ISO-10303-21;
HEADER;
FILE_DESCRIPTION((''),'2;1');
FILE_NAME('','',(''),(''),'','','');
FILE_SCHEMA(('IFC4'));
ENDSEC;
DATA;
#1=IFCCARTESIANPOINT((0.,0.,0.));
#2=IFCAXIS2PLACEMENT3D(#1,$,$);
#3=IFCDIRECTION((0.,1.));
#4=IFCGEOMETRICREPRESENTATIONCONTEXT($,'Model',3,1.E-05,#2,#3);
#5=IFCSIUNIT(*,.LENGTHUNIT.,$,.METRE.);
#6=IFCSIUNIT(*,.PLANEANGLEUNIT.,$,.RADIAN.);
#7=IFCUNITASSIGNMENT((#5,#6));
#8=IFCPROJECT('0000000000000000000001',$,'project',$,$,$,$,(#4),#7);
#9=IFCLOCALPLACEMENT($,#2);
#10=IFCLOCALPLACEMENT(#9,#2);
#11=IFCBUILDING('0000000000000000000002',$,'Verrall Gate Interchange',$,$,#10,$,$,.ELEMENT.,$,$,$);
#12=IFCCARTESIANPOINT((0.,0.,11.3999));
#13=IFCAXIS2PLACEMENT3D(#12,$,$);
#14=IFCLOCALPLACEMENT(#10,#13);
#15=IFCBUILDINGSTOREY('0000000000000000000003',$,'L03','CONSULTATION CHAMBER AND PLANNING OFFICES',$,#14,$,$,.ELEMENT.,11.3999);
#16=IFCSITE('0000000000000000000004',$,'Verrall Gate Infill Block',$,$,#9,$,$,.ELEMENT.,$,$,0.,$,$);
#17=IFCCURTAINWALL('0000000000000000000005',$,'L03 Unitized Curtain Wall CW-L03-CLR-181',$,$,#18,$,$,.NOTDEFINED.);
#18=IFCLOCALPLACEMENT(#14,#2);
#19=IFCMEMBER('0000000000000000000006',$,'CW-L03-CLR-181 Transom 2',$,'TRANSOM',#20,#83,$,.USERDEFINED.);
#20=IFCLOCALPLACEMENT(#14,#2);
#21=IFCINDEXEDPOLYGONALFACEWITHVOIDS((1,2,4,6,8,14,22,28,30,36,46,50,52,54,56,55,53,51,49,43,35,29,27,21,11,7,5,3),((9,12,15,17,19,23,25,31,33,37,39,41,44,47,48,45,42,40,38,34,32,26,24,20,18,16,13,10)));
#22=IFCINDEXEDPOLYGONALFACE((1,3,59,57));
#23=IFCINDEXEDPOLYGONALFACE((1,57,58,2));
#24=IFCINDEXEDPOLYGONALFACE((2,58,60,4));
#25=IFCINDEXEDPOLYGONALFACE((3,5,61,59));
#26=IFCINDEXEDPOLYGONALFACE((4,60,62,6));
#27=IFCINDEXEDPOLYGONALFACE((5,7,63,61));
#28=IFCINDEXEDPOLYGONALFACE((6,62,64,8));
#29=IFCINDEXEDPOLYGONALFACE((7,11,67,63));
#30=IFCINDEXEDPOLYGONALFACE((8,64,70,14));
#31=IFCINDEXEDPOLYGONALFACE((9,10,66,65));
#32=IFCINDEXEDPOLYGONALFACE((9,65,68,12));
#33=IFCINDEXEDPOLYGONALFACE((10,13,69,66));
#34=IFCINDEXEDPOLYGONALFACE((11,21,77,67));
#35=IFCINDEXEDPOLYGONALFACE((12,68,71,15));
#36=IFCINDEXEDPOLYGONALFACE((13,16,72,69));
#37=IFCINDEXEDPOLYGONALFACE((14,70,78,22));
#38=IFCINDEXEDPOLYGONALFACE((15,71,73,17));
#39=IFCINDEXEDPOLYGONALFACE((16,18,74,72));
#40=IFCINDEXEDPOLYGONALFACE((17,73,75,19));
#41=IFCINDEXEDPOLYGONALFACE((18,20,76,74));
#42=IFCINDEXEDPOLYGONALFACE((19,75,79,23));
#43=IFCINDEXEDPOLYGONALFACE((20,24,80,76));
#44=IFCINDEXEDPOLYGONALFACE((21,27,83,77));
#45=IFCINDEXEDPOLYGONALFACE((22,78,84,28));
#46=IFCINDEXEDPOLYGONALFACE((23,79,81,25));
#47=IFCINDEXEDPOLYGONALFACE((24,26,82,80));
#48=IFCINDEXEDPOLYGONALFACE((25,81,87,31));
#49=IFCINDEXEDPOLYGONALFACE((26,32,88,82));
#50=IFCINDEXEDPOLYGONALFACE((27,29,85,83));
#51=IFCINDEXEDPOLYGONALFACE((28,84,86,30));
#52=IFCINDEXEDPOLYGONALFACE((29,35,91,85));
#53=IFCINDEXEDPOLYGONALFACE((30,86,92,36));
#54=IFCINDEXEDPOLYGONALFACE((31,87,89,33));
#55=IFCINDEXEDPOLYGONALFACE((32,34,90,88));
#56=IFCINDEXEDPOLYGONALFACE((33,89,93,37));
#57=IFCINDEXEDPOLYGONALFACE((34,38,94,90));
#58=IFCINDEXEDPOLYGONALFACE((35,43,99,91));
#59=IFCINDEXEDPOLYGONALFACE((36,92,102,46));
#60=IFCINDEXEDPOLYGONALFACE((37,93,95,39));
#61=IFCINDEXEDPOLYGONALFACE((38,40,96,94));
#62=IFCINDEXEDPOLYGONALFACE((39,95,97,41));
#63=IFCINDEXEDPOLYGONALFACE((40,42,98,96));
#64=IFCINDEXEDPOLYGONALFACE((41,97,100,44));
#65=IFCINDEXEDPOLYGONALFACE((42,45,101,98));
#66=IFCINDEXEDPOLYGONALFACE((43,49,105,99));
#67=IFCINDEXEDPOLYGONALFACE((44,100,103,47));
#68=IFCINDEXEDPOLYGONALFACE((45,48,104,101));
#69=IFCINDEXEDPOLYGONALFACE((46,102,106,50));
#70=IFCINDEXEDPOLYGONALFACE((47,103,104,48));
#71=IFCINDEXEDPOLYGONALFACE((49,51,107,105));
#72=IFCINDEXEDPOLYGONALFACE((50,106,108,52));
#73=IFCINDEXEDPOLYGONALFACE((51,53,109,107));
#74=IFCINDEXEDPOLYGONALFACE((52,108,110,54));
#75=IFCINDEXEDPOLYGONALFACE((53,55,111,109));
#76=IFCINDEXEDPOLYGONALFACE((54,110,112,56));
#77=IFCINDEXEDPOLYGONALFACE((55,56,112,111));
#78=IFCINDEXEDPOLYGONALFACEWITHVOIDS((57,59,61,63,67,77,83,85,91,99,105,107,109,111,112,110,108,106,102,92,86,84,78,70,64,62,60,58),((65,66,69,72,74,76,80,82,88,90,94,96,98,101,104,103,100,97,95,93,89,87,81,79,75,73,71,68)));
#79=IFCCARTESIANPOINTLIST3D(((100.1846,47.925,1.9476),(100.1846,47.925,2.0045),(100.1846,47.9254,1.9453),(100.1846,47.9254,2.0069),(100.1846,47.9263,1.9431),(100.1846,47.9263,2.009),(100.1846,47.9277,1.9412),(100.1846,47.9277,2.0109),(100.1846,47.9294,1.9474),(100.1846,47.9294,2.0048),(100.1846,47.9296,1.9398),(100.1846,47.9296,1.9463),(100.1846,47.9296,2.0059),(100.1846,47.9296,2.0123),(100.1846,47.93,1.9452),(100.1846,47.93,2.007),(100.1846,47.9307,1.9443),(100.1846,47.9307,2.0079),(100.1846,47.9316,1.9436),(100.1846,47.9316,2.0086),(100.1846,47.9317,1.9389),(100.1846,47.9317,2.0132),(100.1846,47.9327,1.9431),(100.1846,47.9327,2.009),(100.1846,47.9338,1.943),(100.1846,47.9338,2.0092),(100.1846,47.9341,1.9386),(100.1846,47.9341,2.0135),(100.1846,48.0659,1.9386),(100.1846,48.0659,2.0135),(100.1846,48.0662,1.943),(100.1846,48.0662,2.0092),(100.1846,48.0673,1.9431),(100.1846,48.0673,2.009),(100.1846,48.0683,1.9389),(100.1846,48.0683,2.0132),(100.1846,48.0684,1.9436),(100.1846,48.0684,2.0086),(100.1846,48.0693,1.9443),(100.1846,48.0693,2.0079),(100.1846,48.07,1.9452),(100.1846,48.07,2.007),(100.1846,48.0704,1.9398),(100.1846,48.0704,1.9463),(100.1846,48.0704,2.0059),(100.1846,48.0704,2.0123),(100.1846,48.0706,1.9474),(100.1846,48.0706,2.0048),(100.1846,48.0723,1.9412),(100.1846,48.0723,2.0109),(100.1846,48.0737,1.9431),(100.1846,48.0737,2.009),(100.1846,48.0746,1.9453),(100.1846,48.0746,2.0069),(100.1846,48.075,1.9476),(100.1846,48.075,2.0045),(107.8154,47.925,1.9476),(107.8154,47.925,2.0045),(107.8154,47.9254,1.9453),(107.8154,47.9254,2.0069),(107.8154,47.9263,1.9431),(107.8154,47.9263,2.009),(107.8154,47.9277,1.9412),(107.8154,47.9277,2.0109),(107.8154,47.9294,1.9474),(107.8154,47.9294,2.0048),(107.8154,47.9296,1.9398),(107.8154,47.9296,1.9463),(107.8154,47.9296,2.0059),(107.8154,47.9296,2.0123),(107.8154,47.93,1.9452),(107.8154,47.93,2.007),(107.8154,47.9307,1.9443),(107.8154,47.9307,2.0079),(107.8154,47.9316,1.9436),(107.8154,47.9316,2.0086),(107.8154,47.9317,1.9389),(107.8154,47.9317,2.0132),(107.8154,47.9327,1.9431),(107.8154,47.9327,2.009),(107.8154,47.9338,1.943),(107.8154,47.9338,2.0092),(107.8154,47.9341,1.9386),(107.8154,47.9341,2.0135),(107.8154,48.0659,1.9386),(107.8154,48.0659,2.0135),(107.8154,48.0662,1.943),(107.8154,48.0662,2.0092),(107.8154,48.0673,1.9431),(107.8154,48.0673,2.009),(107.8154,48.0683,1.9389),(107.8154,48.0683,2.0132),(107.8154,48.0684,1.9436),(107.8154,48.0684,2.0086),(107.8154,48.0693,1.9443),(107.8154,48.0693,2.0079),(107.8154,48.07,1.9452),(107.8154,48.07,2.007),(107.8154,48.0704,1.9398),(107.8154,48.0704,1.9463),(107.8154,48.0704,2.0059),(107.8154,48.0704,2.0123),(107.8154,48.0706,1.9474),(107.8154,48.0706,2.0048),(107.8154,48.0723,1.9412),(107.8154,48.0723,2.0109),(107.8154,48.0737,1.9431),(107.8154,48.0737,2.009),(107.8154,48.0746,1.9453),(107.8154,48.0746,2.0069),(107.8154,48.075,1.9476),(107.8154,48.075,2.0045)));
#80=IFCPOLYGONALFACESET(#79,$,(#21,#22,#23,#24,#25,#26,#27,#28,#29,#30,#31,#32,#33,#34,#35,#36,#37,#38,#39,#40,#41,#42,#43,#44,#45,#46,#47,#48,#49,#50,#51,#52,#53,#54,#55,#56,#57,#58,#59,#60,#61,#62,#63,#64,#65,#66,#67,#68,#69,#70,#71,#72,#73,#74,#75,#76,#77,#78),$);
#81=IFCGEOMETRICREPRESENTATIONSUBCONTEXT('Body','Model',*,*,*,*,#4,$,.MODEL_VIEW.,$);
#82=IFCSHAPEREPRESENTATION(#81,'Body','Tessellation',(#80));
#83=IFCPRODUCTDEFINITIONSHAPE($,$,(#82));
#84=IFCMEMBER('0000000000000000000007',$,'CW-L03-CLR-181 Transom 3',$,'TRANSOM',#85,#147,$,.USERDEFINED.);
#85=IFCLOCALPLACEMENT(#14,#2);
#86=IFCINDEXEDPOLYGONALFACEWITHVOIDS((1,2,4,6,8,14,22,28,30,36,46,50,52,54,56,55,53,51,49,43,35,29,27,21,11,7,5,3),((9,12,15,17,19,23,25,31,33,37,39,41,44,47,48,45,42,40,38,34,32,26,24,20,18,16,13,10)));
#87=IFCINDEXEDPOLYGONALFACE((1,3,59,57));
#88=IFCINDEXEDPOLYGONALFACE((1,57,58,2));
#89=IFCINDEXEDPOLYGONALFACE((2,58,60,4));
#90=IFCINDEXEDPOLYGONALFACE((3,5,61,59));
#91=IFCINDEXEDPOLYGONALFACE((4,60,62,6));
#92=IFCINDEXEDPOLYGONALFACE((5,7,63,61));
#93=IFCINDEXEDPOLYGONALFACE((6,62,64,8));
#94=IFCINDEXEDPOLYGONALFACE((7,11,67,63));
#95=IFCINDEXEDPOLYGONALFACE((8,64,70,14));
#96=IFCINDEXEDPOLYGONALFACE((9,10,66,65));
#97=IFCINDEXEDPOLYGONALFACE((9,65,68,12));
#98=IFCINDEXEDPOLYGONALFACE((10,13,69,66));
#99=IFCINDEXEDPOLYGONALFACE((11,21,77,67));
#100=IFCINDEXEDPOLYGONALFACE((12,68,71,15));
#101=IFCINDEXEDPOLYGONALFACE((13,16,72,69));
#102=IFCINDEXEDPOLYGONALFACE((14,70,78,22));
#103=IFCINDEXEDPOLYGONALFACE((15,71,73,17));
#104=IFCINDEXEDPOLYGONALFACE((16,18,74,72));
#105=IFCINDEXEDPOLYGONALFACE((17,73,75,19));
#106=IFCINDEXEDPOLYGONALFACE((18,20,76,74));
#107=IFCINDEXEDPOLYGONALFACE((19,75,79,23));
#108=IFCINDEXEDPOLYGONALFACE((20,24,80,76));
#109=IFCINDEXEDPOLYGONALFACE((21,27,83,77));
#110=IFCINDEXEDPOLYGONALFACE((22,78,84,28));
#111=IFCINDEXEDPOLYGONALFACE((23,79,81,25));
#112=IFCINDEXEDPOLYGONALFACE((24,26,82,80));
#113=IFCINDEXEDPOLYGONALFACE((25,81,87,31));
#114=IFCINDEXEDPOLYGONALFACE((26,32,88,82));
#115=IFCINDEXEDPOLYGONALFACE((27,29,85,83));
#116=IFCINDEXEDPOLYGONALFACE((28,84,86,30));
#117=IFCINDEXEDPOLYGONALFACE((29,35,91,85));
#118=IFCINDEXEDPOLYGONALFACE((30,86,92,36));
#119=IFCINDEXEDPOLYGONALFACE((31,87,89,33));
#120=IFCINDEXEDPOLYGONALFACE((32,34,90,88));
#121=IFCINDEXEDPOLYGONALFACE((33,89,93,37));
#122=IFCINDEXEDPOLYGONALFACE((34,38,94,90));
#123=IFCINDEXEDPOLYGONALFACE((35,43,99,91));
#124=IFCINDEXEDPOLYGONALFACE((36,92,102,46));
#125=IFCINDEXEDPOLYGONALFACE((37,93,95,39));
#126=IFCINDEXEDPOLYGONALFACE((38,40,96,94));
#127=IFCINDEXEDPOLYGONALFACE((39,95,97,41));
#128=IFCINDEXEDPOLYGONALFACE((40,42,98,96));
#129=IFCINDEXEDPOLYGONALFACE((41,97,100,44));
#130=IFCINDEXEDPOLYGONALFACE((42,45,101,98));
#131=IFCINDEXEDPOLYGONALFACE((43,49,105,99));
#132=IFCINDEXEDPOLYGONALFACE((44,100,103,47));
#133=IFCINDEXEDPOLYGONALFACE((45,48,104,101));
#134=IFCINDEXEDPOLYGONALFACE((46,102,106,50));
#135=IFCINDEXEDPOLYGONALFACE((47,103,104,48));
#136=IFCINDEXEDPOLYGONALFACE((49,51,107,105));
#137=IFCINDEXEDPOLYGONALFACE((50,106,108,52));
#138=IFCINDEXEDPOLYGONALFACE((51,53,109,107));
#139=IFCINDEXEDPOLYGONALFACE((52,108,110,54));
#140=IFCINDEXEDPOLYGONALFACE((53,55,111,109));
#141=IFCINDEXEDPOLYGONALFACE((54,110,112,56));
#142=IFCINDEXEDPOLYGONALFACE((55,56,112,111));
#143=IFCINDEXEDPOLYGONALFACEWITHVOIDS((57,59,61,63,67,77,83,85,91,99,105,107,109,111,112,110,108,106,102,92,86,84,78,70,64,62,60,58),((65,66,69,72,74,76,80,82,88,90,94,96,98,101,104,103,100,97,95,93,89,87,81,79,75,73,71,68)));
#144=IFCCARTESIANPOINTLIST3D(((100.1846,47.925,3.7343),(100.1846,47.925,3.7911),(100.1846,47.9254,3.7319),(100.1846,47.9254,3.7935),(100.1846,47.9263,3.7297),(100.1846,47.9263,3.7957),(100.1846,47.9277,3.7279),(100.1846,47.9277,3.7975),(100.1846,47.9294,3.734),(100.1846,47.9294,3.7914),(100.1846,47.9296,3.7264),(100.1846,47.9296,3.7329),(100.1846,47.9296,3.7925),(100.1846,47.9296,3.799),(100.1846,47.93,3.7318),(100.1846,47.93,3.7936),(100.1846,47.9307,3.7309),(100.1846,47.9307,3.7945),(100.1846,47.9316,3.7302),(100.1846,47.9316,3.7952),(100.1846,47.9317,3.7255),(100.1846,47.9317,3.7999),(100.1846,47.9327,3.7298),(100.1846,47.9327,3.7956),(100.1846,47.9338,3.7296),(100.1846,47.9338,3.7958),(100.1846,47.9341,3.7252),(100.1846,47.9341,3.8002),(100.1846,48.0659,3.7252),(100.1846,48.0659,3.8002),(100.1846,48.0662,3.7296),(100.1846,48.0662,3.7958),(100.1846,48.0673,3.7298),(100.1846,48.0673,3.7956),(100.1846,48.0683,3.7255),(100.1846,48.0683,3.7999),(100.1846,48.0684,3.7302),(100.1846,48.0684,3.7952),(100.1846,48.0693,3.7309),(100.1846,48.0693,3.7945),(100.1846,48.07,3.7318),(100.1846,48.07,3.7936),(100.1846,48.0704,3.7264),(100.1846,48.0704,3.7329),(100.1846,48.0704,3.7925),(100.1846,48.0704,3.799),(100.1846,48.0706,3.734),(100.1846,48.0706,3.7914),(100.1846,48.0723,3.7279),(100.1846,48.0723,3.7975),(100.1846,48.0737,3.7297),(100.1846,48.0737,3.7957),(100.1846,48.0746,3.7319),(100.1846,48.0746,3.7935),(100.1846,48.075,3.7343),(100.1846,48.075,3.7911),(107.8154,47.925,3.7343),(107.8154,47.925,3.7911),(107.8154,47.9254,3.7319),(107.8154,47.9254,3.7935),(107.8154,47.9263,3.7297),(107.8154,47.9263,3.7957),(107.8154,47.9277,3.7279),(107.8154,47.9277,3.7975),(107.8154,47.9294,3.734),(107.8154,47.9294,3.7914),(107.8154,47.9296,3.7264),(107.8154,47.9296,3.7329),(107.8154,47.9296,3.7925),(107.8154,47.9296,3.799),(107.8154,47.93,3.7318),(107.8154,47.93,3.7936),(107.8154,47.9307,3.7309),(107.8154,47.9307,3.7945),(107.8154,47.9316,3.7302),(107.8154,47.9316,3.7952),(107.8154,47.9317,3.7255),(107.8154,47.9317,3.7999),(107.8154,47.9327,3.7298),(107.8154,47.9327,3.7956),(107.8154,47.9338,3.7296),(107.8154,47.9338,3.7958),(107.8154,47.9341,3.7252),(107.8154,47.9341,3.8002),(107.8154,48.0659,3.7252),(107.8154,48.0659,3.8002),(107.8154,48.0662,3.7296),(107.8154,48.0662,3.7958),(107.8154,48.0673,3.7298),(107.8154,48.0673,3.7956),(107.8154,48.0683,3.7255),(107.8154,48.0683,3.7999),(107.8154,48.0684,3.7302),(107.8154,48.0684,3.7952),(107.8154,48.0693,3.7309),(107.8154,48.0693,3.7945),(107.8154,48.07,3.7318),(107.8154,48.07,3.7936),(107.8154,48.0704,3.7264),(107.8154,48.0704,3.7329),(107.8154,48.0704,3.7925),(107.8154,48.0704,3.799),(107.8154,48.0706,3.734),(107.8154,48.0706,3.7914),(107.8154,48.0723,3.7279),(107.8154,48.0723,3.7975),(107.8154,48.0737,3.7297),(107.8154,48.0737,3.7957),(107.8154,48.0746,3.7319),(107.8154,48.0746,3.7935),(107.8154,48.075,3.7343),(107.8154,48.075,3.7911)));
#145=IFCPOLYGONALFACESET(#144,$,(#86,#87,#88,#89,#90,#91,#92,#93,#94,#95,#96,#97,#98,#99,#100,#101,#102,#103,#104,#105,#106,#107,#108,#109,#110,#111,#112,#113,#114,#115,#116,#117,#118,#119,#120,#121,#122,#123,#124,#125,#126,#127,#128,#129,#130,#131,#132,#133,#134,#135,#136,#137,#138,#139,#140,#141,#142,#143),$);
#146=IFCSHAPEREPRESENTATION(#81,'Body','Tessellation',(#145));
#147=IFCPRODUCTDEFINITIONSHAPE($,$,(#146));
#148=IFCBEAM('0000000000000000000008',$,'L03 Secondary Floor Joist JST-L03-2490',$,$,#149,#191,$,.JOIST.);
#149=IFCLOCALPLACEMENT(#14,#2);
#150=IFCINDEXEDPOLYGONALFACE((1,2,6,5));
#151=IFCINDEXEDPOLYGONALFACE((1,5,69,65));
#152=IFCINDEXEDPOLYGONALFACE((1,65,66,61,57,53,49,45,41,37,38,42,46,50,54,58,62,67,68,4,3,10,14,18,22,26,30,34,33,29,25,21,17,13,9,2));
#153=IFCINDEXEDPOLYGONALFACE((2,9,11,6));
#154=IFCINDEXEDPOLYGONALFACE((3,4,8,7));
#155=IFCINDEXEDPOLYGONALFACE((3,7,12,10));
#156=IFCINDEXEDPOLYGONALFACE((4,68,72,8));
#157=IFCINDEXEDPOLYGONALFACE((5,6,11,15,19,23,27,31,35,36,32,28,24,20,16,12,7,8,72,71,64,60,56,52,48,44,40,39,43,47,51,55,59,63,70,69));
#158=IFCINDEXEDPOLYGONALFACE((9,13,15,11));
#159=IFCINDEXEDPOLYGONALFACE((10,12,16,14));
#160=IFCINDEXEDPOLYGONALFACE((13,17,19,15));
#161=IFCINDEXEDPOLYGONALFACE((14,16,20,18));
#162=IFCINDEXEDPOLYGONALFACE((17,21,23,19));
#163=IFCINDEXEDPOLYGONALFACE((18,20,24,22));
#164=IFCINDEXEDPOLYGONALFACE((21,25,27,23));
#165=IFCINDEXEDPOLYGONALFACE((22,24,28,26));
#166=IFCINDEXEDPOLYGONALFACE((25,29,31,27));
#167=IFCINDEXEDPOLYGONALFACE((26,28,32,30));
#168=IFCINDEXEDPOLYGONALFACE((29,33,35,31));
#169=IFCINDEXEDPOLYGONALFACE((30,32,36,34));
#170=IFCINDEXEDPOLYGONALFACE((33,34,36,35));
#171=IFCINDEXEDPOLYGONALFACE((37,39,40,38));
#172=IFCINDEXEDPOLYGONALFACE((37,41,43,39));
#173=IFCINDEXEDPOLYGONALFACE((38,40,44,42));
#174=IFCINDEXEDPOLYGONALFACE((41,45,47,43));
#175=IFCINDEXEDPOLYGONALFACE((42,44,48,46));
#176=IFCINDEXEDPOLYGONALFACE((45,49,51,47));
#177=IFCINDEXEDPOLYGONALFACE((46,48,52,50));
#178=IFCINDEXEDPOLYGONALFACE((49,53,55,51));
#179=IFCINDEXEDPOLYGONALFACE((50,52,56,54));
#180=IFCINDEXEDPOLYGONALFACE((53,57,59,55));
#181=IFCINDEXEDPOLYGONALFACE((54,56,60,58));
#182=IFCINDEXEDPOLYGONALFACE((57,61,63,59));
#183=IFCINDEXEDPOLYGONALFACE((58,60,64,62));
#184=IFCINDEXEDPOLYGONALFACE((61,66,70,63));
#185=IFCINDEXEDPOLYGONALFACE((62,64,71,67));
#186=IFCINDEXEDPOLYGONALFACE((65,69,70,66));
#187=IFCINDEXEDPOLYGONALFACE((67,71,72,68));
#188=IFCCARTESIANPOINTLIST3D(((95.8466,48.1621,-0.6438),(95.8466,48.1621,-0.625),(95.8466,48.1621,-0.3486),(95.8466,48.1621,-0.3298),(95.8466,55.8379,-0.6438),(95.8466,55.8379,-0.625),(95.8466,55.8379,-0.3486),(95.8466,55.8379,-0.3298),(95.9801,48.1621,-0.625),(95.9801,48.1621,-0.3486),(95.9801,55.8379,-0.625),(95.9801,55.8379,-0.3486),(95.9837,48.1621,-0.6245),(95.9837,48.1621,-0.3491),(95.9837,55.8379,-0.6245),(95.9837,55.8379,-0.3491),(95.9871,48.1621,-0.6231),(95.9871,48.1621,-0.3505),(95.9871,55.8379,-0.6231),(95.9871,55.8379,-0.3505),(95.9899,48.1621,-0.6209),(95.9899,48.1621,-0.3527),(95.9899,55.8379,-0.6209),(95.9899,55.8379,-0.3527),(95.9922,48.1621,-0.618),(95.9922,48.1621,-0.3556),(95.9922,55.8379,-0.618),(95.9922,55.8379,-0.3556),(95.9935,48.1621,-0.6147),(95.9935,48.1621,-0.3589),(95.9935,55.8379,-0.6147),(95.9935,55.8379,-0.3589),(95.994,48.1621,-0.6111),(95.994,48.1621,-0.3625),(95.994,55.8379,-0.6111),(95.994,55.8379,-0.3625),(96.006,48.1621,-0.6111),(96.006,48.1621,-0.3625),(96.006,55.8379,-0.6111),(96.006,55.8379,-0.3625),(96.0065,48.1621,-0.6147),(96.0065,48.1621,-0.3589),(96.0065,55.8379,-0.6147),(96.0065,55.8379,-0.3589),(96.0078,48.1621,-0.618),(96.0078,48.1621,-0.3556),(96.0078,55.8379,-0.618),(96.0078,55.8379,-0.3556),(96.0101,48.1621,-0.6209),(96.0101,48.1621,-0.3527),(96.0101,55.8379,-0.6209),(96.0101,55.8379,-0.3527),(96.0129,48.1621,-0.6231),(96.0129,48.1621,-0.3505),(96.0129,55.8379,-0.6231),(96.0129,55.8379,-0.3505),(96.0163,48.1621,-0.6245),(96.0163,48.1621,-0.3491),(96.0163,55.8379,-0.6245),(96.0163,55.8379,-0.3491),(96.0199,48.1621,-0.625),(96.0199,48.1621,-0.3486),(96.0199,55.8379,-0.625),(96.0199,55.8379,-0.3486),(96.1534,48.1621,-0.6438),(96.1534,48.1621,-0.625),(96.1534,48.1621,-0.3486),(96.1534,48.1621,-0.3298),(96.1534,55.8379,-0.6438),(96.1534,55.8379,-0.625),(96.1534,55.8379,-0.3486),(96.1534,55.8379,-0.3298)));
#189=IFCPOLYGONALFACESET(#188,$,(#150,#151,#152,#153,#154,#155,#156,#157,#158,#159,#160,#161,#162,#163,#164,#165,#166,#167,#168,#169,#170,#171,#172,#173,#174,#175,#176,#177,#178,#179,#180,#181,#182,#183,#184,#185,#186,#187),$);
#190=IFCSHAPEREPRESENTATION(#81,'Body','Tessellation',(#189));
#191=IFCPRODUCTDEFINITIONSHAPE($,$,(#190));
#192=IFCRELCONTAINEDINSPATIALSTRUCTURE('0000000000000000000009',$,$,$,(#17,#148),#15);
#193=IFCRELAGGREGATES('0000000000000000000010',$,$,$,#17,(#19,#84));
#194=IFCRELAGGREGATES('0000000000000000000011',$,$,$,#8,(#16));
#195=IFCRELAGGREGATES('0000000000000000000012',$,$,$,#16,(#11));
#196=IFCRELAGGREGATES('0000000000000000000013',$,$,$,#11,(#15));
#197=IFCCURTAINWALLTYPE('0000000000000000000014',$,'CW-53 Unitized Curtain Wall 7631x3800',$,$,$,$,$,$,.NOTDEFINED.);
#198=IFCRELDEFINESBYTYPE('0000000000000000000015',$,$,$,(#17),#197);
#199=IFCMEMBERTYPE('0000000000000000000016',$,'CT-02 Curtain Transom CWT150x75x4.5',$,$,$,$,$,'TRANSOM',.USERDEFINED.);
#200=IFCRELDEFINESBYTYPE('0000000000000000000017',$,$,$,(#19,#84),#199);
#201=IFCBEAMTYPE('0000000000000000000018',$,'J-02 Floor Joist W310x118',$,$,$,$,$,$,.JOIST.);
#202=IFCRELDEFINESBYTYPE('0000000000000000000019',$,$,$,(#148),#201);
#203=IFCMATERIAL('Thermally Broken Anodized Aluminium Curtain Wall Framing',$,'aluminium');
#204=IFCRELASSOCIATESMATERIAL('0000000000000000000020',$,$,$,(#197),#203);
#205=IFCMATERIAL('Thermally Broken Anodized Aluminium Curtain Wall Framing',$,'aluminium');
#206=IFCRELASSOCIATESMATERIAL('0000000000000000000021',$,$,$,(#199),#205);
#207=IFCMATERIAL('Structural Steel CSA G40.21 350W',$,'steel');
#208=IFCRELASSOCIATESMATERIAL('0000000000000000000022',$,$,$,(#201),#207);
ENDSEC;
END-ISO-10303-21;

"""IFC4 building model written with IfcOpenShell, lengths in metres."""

from ifc_helpers import new_model, si_unit, direction, frame, origin, origin_2d, place, context, subcontext, project, spatial, hollow_rectangle, i_section, extrude, material, material_profile, profile_set, type_object, element, aggregate, save


model = new_model("IFC4")

# Units and contexts
model_context = context("Model", 3, precision=1e-05, world=origin(), true_north=direction((0.0, 1.0)))
body_context = subcontext(model_context, "Body", "Model", "MODEL_VIEW")
ifc_project = project(units=[si_unit("LENGTHUNIT", "METRE"), si_unit("PLANEANGLEUNIT", "RADIAN")], contexts=[model_context])

# Site, building, storey
site_placement = place(None, origin())
site = spatial("IfcSite", under=ifc_project, at=site_placement, Name="Verrall Gate Infill Block", CompositionType="ELEMENT", RefElevation=0.0)
building_placement = place(site_placement, origin())
building = spatial("IfcBuilding", under=site, at=building_placement, Name="Verrall Gate Interchange", CompositionType="ELEMENT")
storey_placement = place(building_placement, frame((0.0, 0.0, 11.3999)))
storey = spatial("IfcBuildingStorey", under=building, at=storey_placement, Name="L03", Description="CONSULTATION CHAMBER AND PLANNING OFFICES", CompositionType="ELEMENT", Elevation=11.3999)

# Curtain wall, members
ifc_material_1 = material(Name="Thermally Broken Anodized Aluminium Curtain Wall Framing", Category="aluminium")
curtain_wall_type = type_object("IfcCurtainWallType", Name="CW-53 Unitized Curtain Wall 7631x3800", PredefinedType="NOTDEFINED", material=ifc_material_1)
curtain_wall_1_placement = place(storey_placement, origin())
curtain_wall_1 = element("IfcCurtainWall", 1, at=curtain_wall_1_placement, inside=storey, type_object=curtain_wall_type, Name="L03 Unitized Curtain Wall CW-L03-CLR-181", PredefinedType="NOTDEFINED")
ifc_material_2 = material(Name="Thermally Broken Anodized Aluminium Curtain Wall Framing", Category="aluminium")
ifc_material_profile_1 = material_profile(ifc_material_2, hollow_rectangle(XDim=0.1499, YDim=0.075, WallThickness=0.0044, InnerFilletRadius=0.0044, OuterFilletRadius=0.009, at=origin_2d()), Name="CWT150x75x4.5")
ifc_profile_set_1 = profile_set([ifc_material_profile_1], Name="Thermally Broken Anodized Aluminium Curtain Wall Framing")
member_type_1 = type_object("IfcMemberType", Name="CT-02 Curtain Transom CWT150x75x4.5", ElementType="TRANSOM", PredefinedType="USERDEFINED", material=ifc_profile_set_1)
member_1_placement = place(storey_placement, frame((100.1846, 48.0, 1.9761), z_axis=(1.0, 0.0, 0.0), x_axis=(0.0, 1.0, 0.0)))
member_1 = element("IfcMember", 2, at=member_1_placement, type_object=member_type_1, Name="CW-L03-CLR-181 Transom 2", ObjectType="TRANSOM", PredefinedType="USERDEFINED", context=body_context, shape_type="SweptSolid", body=[
    extrude(hollow_rectangle(XDim=0.1499, YDim=0.075, WallThickness=0.0044, InnerFilletRadius=0.0044, OuterFilletRadius=0.009, at=origin_2d()), origin(), (0.0, 0.0, 1.0), 7.6309),
])
member_2_placement = place(storey_placement, frame((100.1846, 48.0, 3.7627), z_axis=(1.0, 0.0, 0.0), x_axis=(0.0, 1.0, 0.0)))
member_2 = element("IfcMember", 3, at=member_2_placement, type_object=member_type_1, Name="CW-L03-CLR-181 Transom 3", ObjectType="TRANSOM", PredefinedType="USERDEFINED", context=body_context, shape_type="SweptSolid", body=[
    extrude(hollow_rectangle(XDim=0.1499, YDim=0.075, WallThickness=0.0044, InnerFilletRadius=0.0044, OuterFilletRadius=0.009, at=origin_2d()), origin(), (0.0, 0.0, 1.0), 7.6309),
])

# Beam
ifc_material_3 = material(Name="Structural Steel CSA G40.21 350W", Category="steel")
ifc_material_profile_2 = material_profile(ifc_material_3, i_section(OverallWidth=0.3069, OverallDepth=0.314, WebThickness=0.012, FlangeThickness=0.0188, FilletRadius=0.0139, at=origin_2d()), Name="W310x118")
ifc_profile_set_2 = profile_set([ifc_material_profile_2], Name="Structural Steel CSA G40.21 350W")
beam_type_1 = type_object("IfcBeamType", Name="J-02 Floor Joist W310x118", PredefinedType="JOIST", material=ifc_profile_set_2)
beam_1_placement = place(storey_placement, frame((96.0, 48.1621, -0.4868), z_axis=(0.0, 1.0, 0.0), x_axis=(-1.0, 0.0, 0.0)))
element("IfcBeam", 4, at=beam_1_placement, inside=storey, type_object=beam_type_1, Name="L03 Secondary Floor Joist JST-L03-2490", PredefinedType="JOIST", context=body_context, shape_type="SweptSolid", body=[
    extrude(i_section(OverallWidth=0.3069, OverallDepth=0.314, WebThickness=0.012, FlangeThickness=0.0188, FilletRadius=0.0139, at=origin_2d()), origin(), (0.0, 0.0, 1.0), 7.6758),
])

aggregate(curtain_wall_1, [member_1, member_2])

save(model, "model.ifc")
